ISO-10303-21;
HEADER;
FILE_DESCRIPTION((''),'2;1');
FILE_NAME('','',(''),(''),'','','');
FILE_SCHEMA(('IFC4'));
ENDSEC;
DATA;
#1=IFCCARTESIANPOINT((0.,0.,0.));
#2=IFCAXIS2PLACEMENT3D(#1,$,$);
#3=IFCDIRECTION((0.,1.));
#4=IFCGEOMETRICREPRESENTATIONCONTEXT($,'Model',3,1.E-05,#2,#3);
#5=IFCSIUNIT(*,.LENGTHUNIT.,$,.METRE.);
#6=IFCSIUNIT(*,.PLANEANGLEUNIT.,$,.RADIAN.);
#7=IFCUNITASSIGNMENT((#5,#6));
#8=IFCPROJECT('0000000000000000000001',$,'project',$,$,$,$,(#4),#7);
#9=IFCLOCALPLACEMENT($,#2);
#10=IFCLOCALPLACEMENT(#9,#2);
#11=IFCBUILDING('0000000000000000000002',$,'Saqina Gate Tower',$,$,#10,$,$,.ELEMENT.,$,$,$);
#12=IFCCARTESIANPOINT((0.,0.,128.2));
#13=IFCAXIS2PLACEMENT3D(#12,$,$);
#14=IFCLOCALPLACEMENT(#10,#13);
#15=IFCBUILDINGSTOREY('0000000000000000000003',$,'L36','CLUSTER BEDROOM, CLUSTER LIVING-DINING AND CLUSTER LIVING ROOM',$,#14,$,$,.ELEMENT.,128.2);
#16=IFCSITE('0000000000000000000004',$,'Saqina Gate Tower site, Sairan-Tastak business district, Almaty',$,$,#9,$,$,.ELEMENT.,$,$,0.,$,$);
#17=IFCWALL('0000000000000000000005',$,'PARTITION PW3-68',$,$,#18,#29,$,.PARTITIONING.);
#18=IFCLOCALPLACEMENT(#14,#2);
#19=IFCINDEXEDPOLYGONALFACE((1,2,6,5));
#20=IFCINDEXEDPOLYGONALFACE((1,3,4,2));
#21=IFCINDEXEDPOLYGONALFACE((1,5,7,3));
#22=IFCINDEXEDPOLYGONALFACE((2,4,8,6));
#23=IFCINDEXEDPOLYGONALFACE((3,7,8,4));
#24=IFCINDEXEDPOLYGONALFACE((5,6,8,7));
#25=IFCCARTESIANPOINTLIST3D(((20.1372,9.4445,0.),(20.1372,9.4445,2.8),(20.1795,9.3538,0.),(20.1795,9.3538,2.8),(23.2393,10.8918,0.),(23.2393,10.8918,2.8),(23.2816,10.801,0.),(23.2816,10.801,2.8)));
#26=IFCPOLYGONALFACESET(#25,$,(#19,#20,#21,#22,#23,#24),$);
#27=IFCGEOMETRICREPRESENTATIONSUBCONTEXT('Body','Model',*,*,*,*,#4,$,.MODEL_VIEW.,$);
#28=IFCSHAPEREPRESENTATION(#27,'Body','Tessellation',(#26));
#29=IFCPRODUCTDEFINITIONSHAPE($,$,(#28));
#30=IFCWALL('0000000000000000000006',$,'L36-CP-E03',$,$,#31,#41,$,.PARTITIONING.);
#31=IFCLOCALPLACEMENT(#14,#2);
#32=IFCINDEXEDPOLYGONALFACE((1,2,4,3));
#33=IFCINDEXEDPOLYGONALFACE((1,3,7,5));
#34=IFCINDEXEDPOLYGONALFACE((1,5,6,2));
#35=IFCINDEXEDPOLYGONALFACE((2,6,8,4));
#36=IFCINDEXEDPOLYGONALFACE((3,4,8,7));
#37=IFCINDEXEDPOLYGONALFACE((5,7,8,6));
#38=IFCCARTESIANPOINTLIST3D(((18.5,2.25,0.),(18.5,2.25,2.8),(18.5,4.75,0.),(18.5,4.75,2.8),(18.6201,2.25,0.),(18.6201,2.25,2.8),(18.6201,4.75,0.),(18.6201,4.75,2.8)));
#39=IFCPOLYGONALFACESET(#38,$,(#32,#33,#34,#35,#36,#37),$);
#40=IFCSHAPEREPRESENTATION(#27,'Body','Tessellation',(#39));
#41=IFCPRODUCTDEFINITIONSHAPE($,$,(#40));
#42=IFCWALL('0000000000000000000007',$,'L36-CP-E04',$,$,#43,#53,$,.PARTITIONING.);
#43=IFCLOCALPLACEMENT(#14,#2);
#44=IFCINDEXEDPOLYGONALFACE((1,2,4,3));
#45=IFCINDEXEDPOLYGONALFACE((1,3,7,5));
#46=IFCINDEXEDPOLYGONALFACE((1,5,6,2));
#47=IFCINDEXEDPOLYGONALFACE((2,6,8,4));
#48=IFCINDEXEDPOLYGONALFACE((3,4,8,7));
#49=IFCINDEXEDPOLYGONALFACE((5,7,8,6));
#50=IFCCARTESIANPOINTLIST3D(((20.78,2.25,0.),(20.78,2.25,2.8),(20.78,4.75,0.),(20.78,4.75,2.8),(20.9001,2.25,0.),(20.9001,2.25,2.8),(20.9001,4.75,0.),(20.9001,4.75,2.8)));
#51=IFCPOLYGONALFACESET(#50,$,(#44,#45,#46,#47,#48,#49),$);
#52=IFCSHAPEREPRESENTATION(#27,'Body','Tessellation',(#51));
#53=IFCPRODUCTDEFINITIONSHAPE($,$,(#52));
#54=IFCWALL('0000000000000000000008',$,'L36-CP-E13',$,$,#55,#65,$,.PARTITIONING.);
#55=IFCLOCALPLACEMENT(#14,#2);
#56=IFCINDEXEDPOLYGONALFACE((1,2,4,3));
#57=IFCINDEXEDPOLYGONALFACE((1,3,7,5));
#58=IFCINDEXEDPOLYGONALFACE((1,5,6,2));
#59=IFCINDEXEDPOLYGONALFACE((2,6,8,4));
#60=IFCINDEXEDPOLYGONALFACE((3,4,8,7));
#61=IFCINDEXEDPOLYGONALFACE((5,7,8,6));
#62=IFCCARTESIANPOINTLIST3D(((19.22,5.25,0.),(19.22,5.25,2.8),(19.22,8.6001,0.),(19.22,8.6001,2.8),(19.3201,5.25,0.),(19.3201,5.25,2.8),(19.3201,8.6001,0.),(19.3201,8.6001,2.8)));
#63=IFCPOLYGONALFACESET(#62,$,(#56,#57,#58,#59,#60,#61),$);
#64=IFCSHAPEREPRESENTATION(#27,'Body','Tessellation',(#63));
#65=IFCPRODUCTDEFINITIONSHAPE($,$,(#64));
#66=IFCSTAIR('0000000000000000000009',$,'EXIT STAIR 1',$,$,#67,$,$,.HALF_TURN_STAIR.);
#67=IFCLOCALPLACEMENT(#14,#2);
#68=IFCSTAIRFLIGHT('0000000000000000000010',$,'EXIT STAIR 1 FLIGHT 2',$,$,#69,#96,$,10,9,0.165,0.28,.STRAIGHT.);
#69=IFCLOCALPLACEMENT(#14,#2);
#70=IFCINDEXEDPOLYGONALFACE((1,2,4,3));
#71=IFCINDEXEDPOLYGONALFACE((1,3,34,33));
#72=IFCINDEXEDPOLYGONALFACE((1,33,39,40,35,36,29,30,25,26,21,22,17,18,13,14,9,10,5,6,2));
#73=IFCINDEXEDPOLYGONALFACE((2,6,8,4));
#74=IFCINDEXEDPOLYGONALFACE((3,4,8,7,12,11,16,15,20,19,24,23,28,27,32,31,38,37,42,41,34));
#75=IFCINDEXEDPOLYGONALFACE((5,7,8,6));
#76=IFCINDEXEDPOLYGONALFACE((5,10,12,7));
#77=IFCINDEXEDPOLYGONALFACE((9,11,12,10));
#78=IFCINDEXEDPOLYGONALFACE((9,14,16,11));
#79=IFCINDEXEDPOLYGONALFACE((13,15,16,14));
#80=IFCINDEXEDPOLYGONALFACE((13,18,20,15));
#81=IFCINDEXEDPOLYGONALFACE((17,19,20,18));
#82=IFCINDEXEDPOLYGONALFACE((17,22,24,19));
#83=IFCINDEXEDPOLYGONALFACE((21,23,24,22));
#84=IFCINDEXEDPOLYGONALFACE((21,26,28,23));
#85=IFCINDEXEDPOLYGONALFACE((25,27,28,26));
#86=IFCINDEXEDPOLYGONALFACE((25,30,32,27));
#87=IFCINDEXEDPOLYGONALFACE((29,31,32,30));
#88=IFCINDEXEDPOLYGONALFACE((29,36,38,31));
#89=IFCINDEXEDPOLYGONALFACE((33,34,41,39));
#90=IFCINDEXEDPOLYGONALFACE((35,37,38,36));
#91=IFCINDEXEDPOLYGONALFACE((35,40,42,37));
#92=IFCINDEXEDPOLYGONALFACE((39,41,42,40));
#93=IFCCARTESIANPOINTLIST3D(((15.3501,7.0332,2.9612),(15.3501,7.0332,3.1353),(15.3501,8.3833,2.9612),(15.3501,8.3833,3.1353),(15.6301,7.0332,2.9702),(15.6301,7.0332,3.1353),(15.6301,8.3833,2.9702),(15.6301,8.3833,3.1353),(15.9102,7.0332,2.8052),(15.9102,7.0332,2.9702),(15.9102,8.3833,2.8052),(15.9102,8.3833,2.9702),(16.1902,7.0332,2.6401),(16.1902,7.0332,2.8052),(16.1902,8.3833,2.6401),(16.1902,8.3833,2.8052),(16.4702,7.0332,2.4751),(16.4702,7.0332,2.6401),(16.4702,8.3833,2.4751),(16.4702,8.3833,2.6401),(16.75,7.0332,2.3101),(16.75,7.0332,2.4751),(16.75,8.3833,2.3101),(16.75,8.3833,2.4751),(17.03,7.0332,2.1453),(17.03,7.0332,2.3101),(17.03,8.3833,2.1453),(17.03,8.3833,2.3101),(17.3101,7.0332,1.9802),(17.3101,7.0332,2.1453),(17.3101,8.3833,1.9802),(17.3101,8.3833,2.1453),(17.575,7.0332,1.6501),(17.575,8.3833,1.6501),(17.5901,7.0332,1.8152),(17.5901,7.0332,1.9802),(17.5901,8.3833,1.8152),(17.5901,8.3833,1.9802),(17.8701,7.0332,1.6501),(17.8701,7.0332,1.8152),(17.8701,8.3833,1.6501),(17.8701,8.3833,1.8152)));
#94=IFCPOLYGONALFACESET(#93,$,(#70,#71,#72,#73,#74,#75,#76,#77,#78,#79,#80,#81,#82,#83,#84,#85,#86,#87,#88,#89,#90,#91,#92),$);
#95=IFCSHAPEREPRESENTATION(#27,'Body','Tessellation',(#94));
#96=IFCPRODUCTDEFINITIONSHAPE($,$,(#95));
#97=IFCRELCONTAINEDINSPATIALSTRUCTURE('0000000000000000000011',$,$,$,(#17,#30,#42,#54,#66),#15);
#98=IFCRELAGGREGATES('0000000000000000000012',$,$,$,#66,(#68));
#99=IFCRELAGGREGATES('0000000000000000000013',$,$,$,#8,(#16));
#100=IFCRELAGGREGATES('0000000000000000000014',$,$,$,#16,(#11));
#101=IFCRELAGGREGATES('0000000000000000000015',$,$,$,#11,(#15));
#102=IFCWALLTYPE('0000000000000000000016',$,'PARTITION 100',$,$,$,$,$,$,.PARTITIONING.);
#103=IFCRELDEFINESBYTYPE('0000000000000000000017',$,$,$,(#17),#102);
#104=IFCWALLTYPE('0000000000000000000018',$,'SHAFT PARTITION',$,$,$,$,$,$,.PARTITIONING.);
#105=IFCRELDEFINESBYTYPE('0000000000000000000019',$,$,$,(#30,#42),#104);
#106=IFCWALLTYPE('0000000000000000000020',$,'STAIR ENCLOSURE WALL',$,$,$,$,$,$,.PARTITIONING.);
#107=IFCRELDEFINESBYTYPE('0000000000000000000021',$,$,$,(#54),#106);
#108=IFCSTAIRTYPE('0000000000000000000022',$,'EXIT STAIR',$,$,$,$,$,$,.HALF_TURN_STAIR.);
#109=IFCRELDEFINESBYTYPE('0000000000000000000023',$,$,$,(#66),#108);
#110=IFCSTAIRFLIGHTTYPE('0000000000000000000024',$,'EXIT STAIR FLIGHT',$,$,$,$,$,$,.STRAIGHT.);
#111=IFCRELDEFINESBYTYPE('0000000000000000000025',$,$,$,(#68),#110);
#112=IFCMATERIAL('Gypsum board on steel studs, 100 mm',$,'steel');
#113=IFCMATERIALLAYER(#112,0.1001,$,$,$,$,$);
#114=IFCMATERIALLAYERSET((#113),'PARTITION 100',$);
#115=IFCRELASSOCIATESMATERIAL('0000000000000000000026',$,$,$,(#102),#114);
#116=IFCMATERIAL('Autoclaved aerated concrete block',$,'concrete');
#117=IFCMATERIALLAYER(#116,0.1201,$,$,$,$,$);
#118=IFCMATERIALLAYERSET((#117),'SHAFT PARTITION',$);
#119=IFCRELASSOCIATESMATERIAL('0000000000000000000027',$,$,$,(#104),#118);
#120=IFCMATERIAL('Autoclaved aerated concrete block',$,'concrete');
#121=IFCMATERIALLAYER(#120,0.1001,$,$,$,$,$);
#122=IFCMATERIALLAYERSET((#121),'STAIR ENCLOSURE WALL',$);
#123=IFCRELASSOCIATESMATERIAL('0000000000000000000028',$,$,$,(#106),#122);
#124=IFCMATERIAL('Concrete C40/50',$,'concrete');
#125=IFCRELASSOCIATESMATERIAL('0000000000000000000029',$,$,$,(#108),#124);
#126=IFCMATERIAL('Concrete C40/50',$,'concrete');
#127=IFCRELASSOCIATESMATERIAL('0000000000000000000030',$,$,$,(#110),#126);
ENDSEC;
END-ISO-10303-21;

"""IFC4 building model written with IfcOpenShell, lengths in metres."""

from ifc_helpers import new_model, si_unit, direction, frame, frame_2d, origin, place, context, subcontext, project, spatial, polyline, rectangle, outline, extrude, material, layer, layer_set, type_object, element, aggregate, save


model = new_model("IFC4")

# Units and contexts
model_context = context("Model", 3, precision=1e-05, world=origin(), true_north=direction((0.0, 1.0)))
body_context = subcontext(model_context, "Body", "Model", "MODEL_VIEW")
ifc_project = project(units=[si_unit("LENGTHUNIT", "METRE"), si_unit("PLANEANGLEUNIT", "RADIAN")], contexts=[model_context])

# Site, building, storey
site_placement = place(None, origin())
site = spatial("IfcSite", under=ifc_project, at=site_placement, Name="Saqina Gate Tower site, Sairan-Tastak business district, Almaty", CompositionType="ELEMENT", RefElevation=0.0)
building_placement = place(site_placement, origin())
building = spatial("IfcBuilding", under=site, at=building_placement, Name="Saqina Gate Tower", CompositionType="ELEMENT")
storey_placement = place(building_placement, frame((0.0, 0.0, 128.2)))
storey = spatial("IfcBuildingStorey", under=building, at=storey_placement, Name="L36", Description="CLUSTER BEDROOM, CLUSTER LIVING-DINING AND CLUSTER LIVING ROOM", CompositionType="ELEMENT", Elevation=128.2)

# Walls
ifc_material_1 = material(Name="Gypsum board on steel studs, 100 mm", Category="steel")
ifc_layer_1 = layer(ifc_material_1, 0.1001)
ifc_layer_set_1 = layer_set([ifc_layer_1], Name="PARTITION 100")
wall_type_1 = type_object("IfcWallType", Name="PARTITION 100", PredefinedType="PARTITIONING", material=ifc_layer_set_1)
wall_1_placement = place(storey_placement, frame((20.1584, 9.3992, 0.0), z_axis=(0.0, 0.0, 1.0), x_axis=(0.906223, 0.4228, 0.0)))
element("IfcWall", 1, at=wall_1_placement, inside=storey, type_object=wall_type_1, Name="PARTITION PW3-68", PredefinedType="PARTITIONING", context=body_context, shape_type="SweptSolid", body=[
    extrude(rectangle(XDim=3.4231, YDim=0.1001, at=frame_2d((1.7114, 0.0))), origin(), (0.0, 0.0, 1.0), 2.8),
])
ifc_material_2 = material(Name="Autoclaved aerated concrete block", Category="concrete")
ifc_layer_2 = layer(ifc_material_2, 0.1201)
ifc_layer_set_2 = layer_set([ifc_layer_2], Name="SHAFT PARTITION")
wall_type_2 = type_object("IfcWallType", Name="SHAFT PARTITION", PredefinedType="PARTITIONING", material=ifc_layer_set_2)
for number, where, z_axis, x_axis, name in (
    (2, (18.5601, 2.25, 0.0), (0.0, 0.0, 1.0), (0.0, 1.0, 0.0), "L36-CP-E03"),
    (3, (20.8401, 2.25, 0.0), (0.0, 0.0, 1.0), (0.0, 1.0, 0.0), "L36-CP-E04"),
):
    element("IfcWall", number, at=place(storey_placement, frame(where, z_axis=z_axis, x_axis=x_axis)), inside=storey, type_object=wall_type_2, Name=name, PredefinedType="PARTITIONING", context=body_context, shape_type="SweptSolid", body=[
        extrude(rectangle(XDim=2.5, YDim=0.1201, at=frame_2d((1.25, 0.0))), origin(), (0.0, 0.0, 1.0), 2.8),
    ])
ifc_material_3 = material(Name="Autoclaved aerated concrete block", Category="concrete")
ifc_layer_3 = layer(ifc_material_3, 0.1001)
ifc_layer_set_3 = layer_set([ifc_layer_3], Name="STAIR ENCLOSURE WALL")
wall_type_3 = type_object("IfcWallType", Name="STAIR ENCLOSURE WALL", PredefinedType="PARTITIONING", material=ifc_layer_set_3)
wall_2_placement = place(storey_placement, frame((19.27, 5.25, 0.0), z_axis=(0.0, 0.0, 1.0), x_axis=(0.0, 1.0, 0.0)))
element("IfcWall", 4, at=wall_2_placement, inside=storey, type_object=wall_type_3, Name="L36-CP-E13", PredefinedType="PARTITIONING", context=body_context, shape_type="SweptSolid", body=[
    extrude(rectangle(XDim=3.3501, YDim=0.1001, at=frame_2d((1.675, 0.0))), origin(), (0.0, 0.0, 1.0), 2.8),
])

# Stair, stair flight
ifc_material_4 = material(Name="Concrete C40/50", Category="concrete")
stair_type = type_object("IfcStairType", Name="EXIT STAIR", PredefinedType="HALF_TURN_STAIR", material=ifc_material_4)
stair_placement = place(storey_placement, origin())
stair = element("IfcStair", 5, at=stair_placement, inside=storey, type_object=stair_type, Name="EXIT STAIR 1", PredefinedType="HALF_TURN_STAIR")
ifc_material_5 = material(Name="Concrete C40/50", Category="concrete")
stair_flight_type = type_object("IfcStairFlightType", Name="EXIT STAIR FLIGHT", PredefinedType="STRAIGHT", material=ifc_material_5)
stair_flight_placement = place(storey_placement, frame((17.8701, 7.7083, 1.6501), z_axis=(0.0, 0.0, 1.0), x_axis=(-1.0, 0.0, 0.0)))
stair_flight = element("IfcStairFlight", 6, at=stair_flight_placement, type_object=stair_flight_type, Name="EXIT STAIR 1 FLIGHT 2", NumberOfRisers=10, NumberOfTreads=9, PredefinedType="STRAIGHT", RiserHeight=0.165, TreadLength=0.28, context=body_context, shape_type="SweptSolid", body=[
    extrude(outline(polyline([(0.0, 0.0), (0.0, 0.165), (0.28, 0.165), (0.28, 0.3301), (0.5601, 0.3301), (0.5601, 0.4951), (0.8401, 0.4951), (0.8401, 0.6599), (1.1201, 0.6599), (1.1201, 0.825), (1.3999, 0.825), (1.3999, 0.99), (1.6799, 0.99), (1.6799, 1.155), (1.96, 1.155), (1.96, 1.3201), (2.24, 1.3201), (2.24, 1.4851), (2.52, 1.4851), (2.52, 1.6499), (2.52, 1.311), (0.2952, 0.0), (0.0, 0.0)])), frame((0.0, 0.675, 0.0), z_axis=(0.0, -1.0, 0.0), x_axis=(1.0, 0.0, 0.0)), (0.0, 0.0, 1.0), 1.3501),
])
aggregate(stair, [stair_flight])

save(model, "model.ifc")
